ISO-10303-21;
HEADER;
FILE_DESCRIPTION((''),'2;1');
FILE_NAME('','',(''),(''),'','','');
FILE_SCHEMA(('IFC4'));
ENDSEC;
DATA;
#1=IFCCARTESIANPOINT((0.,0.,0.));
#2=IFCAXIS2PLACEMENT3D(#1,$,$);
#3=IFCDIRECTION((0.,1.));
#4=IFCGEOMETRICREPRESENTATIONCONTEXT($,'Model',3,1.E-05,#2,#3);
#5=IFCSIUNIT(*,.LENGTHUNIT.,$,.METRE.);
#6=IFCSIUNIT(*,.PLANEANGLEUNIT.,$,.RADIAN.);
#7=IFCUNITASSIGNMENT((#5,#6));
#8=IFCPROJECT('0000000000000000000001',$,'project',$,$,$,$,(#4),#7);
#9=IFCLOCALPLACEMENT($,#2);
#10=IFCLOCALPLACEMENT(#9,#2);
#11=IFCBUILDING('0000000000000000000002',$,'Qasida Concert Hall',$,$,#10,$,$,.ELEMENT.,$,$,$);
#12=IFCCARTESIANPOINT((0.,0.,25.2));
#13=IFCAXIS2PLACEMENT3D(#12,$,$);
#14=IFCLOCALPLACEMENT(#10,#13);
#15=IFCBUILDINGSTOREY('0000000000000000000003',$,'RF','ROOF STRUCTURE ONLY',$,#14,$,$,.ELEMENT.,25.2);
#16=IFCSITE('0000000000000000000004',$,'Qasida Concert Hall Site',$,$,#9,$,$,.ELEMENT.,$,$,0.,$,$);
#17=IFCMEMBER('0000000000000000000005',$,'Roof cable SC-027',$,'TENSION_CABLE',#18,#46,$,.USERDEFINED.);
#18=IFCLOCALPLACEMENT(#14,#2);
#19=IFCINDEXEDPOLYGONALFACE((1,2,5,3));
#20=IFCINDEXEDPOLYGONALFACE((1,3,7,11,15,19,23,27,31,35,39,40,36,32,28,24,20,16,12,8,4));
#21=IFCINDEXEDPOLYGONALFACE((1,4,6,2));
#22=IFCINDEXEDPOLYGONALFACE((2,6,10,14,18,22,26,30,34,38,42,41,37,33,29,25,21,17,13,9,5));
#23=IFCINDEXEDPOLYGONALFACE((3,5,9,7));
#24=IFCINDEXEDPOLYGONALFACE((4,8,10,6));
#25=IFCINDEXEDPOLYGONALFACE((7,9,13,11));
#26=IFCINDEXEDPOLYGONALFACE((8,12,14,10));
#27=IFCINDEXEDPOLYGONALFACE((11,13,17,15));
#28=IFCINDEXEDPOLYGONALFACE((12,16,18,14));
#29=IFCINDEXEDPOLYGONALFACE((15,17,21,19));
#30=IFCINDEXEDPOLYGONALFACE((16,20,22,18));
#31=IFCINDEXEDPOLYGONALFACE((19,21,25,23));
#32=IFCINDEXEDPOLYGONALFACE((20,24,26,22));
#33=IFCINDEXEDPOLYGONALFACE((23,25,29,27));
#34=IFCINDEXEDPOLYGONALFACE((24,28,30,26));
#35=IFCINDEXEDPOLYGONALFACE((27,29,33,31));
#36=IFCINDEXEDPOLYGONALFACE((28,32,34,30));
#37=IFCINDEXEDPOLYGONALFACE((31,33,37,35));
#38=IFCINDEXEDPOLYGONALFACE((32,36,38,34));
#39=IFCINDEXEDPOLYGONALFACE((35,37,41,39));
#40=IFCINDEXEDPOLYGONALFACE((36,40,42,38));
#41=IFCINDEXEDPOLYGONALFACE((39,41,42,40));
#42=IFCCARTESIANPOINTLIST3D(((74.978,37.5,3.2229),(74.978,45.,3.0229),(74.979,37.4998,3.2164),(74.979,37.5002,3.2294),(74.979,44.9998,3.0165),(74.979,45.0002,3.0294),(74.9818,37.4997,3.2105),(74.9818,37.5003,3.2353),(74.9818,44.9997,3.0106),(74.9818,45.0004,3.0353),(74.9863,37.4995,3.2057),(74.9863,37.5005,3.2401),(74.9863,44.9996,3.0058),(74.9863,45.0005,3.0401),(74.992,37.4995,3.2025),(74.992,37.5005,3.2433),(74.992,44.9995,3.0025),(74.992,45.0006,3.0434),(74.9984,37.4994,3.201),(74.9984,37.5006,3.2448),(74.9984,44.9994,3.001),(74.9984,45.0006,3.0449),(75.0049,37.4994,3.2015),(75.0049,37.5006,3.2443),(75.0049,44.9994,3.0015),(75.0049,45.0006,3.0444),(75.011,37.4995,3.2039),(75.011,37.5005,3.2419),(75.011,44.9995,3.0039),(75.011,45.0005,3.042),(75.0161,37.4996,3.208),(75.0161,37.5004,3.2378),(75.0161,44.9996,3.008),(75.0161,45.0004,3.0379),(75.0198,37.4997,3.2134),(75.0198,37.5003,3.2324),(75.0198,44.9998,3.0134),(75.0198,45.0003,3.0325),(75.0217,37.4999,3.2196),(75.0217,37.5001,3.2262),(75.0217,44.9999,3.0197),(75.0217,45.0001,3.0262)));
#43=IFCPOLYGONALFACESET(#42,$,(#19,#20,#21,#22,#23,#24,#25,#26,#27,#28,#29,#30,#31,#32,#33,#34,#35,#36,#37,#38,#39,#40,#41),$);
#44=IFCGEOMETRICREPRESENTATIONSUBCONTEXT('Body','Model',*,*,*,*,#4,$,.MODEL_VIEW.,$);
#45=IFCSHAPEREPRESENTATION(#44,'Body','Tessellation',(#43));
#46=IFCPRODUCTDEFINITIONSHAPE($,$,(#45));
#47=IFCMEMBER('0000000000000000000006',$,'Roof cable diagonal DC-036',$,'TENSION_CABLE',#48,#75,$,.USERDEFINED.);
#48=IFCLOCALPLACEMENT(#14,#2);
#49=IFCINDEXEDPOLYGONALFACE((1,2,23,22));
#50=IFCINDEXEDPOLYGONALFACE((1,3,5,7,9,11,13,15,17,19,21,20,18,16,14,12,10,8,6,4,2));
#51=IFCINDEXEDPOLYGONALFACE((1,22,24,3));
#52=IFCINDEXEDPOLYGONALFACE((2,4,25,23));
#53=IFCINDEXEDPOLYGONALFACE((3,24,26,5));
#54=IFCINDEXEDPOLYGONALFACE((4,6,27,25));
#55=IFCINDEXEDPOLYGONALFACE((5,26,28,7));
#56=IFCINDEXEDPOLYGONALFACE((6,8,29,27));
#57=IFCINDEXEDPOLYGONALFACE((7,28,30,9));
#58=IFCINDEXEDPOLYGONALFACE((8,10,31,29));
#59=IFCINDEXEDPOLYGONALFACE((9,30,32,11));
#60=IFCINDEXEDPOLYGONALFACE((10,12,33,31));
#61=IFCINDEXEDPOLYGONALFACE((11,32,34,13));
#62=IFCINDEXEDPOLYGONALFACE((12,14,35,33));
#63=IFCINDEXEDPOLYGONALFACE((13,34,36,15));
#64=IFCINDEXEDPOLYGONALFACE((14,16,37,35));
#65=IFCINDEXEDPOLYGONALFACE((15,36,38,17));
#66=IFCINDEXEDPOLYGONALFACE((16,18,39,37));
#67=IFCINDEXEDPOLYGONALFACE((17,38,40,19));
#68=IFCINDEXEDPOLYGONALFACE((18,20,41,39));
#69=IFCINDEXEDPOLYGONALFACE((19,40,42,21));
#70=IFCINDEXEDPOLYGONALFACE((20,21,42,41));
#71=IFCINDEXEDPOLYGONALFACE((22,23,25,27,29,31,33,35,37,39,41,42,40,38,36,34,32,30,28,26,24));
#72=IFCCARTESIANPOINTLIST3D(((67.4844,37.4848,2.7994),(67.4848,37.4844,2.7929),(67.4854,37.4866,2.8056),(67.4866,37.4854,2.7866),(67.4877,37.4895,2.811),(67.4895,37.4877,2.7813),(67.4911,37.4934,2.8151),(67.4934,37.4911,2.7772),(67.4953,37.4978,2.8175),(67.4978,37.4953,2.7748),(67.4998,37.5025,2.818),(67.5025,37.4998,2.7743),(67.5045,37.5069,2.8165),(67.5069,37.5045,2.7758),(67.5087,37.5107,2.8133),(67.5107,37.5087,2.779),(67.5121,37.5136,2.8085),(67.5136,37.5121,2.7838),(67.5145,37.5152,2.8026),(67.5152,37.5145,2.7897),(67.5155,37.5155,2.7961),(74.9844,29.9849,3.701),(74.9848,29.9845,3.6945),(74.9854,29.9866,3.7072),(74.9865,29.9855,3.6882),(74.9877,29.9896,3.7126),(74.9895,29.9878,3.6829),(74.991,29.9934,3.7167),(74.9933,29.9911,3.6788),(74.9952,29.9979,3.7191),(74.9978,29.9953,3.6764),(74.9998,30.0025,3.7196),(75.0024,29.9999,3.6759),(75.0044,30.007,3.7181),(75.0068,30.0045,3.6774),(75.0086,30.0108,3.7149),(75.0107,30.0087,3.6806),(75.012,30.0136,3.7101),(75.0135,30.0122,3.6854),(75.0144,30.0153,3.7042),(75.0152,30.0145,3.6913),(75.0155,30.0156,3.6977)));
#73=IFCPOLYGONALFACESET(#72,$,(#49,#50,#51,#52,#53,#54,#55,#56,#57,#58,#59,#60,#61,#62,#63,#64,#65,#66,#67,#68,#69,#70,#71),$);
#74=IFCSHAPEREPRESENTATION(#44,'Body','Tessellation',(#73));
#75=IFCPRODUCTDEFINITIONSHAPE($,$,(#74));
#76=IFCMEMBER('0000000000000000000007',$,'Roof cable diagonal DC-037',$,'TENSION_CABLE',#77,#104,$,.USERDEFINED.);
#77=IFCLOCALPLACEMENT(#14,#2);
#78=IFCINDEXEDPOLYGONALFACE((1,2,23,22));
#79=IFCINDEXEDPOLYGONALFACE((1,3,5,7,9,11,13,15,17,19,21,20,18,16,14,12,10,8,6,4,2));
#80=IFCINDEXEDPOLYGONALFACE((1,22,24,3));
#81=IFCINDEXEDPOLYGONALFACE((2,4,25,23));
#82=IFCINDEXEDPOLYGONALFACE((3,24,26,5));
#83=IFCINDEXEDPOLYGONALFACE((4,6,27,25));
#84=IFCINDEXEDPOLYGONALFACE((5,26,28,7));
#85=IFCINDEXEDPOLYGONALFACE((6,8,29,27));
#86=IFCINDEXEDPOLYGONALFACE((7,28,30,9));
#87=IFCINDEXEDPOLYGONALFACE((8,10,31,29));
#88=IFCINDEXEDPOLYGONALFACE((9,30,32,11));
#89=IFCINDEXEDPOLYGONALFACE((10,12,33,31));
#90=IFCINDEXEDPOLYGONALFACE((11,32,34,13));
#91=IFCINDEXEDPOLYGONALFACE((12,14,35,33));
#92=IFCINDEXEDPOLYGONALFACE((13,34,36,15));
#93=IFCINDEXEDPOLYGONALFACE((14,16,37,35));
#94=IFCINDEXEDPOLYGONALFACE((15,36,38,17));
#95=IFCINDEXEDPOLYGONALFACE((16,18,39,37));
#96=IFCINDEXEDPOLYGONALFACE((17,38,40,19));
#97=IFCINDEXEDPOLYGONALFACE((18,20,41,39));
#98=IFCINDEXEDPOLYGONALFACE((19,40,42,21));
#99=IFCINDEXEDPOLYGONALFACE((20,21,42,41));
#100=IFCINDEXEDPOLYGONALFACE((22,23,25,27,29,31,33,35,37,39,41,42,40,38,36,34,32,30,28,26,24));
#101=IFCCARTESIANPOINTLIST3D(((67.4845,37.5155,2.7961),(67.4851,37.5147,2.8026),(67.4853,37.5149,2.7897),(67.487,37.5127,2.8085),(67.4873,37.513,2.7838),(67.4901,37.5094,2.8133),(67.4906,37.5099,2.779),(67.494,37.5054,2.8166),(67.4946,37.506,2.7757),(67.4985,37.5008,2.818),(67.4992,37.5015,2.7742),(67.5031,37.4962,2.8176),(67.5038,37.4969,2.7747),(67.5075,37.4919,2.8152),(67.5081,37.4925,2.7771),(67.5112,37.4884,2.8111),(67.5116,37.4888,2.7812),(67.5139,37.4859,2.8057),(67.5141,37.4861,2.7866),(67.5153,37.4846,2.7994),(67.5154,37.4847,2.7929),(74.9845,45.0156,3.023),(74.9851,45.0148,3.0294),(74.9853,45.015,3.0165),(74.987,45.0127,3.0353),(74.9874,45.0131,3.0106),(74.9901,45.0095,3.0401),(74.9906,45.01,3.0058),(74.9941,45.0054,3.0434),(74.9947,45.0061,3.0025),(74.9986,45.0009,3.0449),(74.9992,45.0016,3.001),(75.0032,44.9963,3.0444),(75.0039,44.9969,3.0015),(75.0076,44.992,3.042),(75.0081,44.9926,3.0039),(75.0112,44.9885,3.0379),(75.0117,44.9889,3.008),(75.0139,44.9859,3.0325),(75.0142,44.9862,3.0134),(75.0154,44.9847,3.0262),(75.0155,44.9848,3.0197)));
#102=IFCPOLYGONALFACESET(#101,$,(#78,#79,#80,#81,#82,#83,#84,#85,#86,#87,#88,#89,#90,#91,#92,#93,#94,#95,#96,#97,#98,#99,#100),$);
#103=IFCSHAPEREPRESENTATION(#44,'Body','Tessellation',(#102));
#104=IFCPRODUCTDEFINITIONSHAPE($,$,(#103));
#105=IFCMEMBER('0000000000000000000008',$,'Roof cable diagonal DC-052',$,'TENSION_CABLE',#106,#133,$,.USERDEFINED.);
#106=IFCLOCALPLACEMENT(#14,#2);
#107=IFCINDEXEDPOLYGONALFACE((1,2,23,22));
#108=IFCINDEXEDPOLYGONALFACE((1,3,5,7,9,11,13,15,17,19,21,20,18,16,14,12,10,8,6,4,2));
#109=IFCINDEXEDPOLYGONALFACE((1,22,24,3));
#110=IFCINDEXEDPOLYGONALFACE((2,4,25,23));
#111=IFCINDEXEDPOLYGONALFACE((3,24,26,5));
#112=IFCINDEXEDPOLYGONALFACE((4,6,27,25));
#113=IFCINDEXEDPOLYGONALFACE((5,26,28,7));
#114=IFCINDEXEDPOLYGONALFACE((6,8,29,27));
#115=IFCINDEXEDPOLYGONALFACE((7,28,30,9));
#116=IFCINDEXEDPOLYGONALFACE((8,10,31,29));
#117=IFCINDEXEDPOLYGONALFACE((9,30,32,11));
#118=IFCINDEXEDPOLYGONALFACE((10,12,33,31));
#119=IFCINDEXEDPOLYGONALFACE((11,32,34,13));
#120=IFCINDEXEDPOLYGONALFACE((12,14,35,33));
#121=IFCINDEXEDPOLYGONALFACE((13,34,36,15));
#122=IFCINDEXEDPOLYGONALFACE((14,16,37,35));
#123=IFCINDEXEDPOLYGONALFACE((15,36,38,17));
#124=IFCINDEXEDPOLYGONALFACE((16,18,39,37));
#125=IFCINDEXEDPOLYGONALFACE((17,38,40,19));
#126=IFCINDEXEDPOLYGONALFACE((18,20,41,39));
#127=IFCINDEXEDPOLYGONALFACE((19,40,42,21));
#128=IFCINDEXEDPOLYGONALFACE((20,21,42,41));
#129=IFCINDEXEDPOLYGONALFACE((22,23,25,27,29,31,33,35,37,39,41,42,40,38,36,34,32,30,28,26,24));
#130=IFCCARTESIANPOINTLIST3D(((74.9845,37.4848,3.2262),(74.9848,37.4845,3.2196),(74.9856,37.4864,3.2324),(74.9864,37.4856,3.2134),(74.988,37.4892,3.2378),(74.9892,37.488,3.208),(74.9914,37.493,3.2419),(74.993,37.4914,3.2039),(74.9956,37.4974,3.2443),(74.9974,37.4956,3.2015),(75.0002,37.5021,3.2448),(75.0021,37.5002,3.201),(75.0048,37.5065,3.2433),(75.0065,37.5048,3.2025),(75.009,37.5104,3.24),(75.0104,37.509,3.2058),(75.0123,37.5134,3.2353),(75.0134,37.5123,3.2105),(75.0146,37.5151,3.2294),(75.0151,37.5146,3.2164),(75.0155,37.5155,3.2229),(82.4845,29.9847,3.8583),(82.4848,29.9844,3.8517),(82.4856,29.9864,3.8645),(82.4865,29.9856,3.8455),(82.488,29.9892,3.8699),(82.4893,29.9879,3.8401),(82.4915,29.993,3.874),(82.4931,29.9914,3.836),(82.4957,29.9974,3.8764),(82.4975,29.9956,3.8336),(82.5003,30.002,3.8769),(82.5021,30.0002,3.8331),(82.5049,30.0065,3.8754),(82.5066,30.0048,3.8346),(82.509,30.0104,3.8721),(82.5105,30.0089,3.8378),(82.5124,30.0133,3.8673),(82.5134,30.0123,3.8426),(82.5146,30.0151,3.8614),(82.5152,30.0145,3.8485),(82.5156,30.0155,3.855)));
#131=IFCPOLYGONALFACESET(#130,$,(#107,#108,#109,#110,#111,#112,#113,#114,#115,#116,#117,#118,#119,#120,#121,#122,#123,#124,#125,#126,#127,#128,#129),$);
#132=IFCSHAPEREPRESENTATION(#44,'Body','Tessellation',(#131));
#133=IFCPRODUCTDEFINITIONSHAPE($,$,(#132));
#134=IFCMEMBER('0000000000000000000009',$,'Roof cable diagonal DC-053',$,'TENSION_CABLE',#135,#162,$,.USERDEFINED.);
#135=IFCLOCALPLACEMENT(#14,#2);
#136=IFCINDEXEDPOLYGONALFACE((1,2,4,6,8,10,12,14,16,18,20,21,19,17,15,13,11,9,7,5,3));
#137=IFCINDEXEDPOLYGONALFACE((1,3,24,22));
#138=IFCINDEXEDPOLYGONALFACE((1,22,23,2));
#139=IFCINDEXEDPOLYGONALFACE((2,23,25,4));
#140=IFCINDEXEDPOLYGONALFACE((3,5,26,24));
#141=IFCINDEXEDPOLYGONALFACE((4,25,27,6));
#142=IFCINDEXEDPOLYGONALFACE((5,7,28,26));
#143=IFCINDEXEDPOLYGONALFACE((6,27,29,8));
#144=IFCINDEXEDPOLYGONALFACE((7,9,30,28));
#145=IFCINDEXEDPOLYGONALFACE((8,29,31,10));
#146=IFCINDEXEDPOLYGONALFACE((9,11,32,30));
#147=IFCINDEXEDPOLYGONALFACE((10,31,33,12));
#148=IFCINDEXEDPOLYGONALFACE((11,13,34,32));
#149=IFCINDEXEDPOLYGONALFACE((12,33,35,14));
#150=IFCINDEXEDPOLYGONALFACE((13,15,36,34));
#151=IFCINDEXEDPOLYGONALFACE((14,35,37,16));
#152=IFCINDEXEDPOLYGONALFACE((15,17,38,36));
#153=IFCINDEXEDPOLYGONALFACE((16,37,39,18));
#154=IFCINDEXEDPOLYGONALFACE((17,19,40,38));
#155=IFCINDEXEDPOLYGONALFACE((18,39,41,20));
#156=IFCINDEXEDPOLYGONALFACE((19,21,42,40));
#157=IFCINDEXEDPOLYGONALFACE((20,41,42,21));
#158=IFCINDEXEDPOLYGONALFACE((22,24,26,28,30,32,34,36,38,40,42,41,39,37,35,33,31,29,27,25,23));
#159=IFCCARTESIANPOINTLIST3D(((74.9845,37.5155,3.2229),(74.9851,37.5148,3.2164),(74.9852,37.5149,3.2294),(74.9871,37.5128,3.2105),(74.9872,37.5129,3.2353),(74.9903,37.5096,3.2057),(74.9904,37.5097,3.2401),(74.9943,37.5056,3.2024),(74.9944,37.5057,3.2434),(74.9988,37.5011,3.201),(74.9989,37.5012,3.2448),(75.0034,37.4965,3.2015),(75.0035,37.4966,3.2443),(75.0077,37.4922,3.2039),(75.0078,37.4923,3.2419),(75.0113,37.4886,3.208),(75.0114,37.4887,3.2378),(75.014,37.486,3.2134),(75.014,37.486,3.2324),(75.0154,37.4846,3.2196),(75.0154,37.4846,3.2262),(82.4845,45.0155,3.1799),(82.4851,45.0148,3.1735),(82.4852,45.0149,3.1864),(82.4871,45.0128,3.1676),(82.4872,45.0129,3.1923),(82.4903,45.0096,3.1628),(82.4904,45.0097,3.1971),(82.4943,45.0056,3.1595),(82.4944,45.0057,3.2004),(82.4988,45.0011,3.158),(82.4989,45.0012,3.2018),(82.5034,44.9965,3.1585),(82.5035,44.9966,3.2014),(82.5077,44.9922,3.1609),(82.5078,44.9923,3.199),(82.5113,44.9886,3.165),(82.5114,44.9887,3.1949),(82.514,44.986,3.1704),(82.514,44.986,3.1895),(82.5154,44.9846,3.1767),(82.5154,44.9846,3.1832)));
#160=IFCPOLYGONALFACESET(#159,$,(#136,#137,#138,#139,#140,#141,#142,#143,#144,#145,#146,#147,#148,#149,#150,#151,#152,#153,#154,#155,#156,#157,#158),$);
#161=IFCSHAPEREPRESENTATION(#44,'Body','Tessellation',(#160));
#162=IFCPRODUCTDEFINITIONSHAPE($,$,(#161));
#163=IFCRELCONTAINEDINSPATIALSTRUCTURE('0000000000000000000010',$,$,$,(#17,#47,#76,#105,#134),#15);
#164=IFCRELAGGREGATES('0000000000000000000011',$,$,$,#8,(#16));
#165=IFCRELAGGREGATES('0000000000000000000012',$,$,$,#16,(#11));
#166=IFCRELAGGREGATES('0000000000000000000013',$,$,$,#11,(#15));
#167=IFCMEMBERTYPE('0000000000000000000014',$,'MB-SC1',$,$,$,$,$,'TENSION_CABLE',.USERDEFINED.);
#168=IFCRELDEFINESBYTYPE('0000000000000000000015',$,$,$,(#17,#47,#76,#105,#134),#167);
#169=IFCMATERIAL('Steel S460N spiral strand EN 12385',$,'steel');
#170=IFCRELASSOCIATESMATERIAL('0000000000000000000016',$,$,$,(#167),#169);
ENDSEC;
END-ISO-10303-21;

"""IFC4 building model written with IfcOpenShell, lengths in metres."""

from ifc_helpers import new_model, si_unit, direction, frame, origin, origin_2d, place, context, subcontext, project, spatial, circle, extrude, material, material_profile, profile_set, type_object, element, save


model = new_model("IFC4")

# Units and contexts
model_context = context("Model", 3, precision=1e-05, world=origin(), true_north=direction((0.0, 1.0)))
body_context = subcontext(model_context, "Body", "Model", "MODEL_VIEW")
ifc_project = project(units=[si_unit("LENGTHUNIT", "METRE"), si_unit("PLANEANGLEUNIT", "RADIAN")], contexts=[model_context])

# Site, building, storey
site_placement = place(None, origin())
site = spatial("IfcSite", under=ifc_project, at=site_placement, Name="Qasida Concert Hall Site", CompositionType="ELEMENT", RefElevation=0.0)
building_placement = place(site_placement, origin())
building = spatial("IfcBuilding", under=site, at=building_placement, Name="Qasida Concert Hall", CompositionType="ELEMENT")
storey_placement = place(building_placement, frame((0.0, 0.0, 25.2)))
storey = spatial("IfcBuildingStorey", under=building, at=storey_placement, Name="RF", Description="ROOF STRUCTURE ONLY", CompositionType="ELEMENT", Elevation=25.2)

# Members
ifc_material_1 = material(Name="Steel S460N spiral strand EN 12385", Category="steel")
ifc_material_profile_1 = material_profile(ifc_material_1, circle(Radius=0.022, at=origin_2d()), Name="STRAND D44")
ifc_profile_set_1 = profile_set([ifc_material_profile_1], Name="Steel S460N spiral strand EN 12385")
member_type_1 = type_object("IfcMemberType", Name="MB-SC1", ElementType="TENSION_CABLE", PredefinedType="USERDEFINED", material=ifc_profile_set_1)
for number, where, z_axis, x_axis, name in (
    (1, (75.0, 37.5, 3.2229), (0.0, 0.999645, -0.026651), (-1.0, 0.0, 0.0), "Roof cable SC-027"),
):
    element("IfcMember", number, at=place(storey_placement, frame(where, z_axis=z_axis, x_axis=x_axis)), inside=storey, type_object=member_type_1, Name=name, ObjectType="TENSION_CABLE", PredefinedType="USERDEFINED", context=body_context, shape_type="SweptSolid", body=[
        extrude(circle(Radius=0.022, at=origin_2d()), origin(), (0.0, 0.0, 1.0), 7.5027),
    ])
member_1_placement = place(storey_placement, frame((67.5, 37.5, 2.7961), z_axis=(0.704566, -0.704566, 0.084699), x_axis=(0.707107, 0.707107, 0.0)))
element("IfcMember", 2, at=member_1_placement, inside=storey, type_object=member_type_1, Name="Roof cable diagonal DC-036", ObjectType="TENSION_CABLE", PredefinedType="USERDEFINED", context=body_context, shape_type="SweptSolid", body=[
    extrude(circle(Radius=0.022, at=origin_2d()), origin(), (0.0, 0.0, 1.0), 10.6448),
])
member_2_placement = place(storey_placement, frame((67.5, 37.5, 2.7961), z_axis=(0.706945, 0.706945, 0.021379), x_axis=(-0.707107, 0.707107, 0.0)))
element("IfcMember", 3, at=member_2_placement, inside=storey, type_object=member_type_1, Name="Roof cable diagonal DC-037", ObjectType="TENSION_CABLE", PredefinedType="USERDEFINED", context=body_context, shape_type="SweptSolid", body=[
    extrude(circle(Radius=0.022, at=origin_2d()), origin(), (0.0, 0.0, 1.0), 10.6091),
])
member_3_placement = place(storey_placement, frame((75.0, 37.5, 3.2229), z_axis=(0.705855, -0.705855, 0.059488), x_axis=(0.707107, 0.707107, 0.0)))
element("IfcMember", 4, at=member_3_placement, inside=storey, type_object=member_type_1, Name="Roof cable diagonal DC-052", ObjectType="TENSION_CABLE", PredefinedType="USERDEFINED", context=body_context, shape_type="SweptSolid", body=[
    extrude(circle(Radius=0.022, at=origin_2d()), origin(), (0.0, 0.0, 1.0), 10.6255),
])
member_4_placement = place(storey_placement, frame((75.0, 37.5, 3.2229), z_axis=(0.707101, 0.707101, -0.004051), x_axis=(-0.707107, 0.707107, 0.0)))
element("IfcMember", 5, at=member_4_placement, inside=storey, type_object=member_type_1, Name="Roof cable diagonal DC-053", ObjectType="TENSION_CABLE", PredefinedType="USERDEFINED", context=body_context, shape_type="SweptSolid", body=[
    extrude(circle(Radius=0.022, at=origin_2d()), origin(), (0.0, 0.0, 1.0), 10.6067),
])

save(model, "model.ifc")
